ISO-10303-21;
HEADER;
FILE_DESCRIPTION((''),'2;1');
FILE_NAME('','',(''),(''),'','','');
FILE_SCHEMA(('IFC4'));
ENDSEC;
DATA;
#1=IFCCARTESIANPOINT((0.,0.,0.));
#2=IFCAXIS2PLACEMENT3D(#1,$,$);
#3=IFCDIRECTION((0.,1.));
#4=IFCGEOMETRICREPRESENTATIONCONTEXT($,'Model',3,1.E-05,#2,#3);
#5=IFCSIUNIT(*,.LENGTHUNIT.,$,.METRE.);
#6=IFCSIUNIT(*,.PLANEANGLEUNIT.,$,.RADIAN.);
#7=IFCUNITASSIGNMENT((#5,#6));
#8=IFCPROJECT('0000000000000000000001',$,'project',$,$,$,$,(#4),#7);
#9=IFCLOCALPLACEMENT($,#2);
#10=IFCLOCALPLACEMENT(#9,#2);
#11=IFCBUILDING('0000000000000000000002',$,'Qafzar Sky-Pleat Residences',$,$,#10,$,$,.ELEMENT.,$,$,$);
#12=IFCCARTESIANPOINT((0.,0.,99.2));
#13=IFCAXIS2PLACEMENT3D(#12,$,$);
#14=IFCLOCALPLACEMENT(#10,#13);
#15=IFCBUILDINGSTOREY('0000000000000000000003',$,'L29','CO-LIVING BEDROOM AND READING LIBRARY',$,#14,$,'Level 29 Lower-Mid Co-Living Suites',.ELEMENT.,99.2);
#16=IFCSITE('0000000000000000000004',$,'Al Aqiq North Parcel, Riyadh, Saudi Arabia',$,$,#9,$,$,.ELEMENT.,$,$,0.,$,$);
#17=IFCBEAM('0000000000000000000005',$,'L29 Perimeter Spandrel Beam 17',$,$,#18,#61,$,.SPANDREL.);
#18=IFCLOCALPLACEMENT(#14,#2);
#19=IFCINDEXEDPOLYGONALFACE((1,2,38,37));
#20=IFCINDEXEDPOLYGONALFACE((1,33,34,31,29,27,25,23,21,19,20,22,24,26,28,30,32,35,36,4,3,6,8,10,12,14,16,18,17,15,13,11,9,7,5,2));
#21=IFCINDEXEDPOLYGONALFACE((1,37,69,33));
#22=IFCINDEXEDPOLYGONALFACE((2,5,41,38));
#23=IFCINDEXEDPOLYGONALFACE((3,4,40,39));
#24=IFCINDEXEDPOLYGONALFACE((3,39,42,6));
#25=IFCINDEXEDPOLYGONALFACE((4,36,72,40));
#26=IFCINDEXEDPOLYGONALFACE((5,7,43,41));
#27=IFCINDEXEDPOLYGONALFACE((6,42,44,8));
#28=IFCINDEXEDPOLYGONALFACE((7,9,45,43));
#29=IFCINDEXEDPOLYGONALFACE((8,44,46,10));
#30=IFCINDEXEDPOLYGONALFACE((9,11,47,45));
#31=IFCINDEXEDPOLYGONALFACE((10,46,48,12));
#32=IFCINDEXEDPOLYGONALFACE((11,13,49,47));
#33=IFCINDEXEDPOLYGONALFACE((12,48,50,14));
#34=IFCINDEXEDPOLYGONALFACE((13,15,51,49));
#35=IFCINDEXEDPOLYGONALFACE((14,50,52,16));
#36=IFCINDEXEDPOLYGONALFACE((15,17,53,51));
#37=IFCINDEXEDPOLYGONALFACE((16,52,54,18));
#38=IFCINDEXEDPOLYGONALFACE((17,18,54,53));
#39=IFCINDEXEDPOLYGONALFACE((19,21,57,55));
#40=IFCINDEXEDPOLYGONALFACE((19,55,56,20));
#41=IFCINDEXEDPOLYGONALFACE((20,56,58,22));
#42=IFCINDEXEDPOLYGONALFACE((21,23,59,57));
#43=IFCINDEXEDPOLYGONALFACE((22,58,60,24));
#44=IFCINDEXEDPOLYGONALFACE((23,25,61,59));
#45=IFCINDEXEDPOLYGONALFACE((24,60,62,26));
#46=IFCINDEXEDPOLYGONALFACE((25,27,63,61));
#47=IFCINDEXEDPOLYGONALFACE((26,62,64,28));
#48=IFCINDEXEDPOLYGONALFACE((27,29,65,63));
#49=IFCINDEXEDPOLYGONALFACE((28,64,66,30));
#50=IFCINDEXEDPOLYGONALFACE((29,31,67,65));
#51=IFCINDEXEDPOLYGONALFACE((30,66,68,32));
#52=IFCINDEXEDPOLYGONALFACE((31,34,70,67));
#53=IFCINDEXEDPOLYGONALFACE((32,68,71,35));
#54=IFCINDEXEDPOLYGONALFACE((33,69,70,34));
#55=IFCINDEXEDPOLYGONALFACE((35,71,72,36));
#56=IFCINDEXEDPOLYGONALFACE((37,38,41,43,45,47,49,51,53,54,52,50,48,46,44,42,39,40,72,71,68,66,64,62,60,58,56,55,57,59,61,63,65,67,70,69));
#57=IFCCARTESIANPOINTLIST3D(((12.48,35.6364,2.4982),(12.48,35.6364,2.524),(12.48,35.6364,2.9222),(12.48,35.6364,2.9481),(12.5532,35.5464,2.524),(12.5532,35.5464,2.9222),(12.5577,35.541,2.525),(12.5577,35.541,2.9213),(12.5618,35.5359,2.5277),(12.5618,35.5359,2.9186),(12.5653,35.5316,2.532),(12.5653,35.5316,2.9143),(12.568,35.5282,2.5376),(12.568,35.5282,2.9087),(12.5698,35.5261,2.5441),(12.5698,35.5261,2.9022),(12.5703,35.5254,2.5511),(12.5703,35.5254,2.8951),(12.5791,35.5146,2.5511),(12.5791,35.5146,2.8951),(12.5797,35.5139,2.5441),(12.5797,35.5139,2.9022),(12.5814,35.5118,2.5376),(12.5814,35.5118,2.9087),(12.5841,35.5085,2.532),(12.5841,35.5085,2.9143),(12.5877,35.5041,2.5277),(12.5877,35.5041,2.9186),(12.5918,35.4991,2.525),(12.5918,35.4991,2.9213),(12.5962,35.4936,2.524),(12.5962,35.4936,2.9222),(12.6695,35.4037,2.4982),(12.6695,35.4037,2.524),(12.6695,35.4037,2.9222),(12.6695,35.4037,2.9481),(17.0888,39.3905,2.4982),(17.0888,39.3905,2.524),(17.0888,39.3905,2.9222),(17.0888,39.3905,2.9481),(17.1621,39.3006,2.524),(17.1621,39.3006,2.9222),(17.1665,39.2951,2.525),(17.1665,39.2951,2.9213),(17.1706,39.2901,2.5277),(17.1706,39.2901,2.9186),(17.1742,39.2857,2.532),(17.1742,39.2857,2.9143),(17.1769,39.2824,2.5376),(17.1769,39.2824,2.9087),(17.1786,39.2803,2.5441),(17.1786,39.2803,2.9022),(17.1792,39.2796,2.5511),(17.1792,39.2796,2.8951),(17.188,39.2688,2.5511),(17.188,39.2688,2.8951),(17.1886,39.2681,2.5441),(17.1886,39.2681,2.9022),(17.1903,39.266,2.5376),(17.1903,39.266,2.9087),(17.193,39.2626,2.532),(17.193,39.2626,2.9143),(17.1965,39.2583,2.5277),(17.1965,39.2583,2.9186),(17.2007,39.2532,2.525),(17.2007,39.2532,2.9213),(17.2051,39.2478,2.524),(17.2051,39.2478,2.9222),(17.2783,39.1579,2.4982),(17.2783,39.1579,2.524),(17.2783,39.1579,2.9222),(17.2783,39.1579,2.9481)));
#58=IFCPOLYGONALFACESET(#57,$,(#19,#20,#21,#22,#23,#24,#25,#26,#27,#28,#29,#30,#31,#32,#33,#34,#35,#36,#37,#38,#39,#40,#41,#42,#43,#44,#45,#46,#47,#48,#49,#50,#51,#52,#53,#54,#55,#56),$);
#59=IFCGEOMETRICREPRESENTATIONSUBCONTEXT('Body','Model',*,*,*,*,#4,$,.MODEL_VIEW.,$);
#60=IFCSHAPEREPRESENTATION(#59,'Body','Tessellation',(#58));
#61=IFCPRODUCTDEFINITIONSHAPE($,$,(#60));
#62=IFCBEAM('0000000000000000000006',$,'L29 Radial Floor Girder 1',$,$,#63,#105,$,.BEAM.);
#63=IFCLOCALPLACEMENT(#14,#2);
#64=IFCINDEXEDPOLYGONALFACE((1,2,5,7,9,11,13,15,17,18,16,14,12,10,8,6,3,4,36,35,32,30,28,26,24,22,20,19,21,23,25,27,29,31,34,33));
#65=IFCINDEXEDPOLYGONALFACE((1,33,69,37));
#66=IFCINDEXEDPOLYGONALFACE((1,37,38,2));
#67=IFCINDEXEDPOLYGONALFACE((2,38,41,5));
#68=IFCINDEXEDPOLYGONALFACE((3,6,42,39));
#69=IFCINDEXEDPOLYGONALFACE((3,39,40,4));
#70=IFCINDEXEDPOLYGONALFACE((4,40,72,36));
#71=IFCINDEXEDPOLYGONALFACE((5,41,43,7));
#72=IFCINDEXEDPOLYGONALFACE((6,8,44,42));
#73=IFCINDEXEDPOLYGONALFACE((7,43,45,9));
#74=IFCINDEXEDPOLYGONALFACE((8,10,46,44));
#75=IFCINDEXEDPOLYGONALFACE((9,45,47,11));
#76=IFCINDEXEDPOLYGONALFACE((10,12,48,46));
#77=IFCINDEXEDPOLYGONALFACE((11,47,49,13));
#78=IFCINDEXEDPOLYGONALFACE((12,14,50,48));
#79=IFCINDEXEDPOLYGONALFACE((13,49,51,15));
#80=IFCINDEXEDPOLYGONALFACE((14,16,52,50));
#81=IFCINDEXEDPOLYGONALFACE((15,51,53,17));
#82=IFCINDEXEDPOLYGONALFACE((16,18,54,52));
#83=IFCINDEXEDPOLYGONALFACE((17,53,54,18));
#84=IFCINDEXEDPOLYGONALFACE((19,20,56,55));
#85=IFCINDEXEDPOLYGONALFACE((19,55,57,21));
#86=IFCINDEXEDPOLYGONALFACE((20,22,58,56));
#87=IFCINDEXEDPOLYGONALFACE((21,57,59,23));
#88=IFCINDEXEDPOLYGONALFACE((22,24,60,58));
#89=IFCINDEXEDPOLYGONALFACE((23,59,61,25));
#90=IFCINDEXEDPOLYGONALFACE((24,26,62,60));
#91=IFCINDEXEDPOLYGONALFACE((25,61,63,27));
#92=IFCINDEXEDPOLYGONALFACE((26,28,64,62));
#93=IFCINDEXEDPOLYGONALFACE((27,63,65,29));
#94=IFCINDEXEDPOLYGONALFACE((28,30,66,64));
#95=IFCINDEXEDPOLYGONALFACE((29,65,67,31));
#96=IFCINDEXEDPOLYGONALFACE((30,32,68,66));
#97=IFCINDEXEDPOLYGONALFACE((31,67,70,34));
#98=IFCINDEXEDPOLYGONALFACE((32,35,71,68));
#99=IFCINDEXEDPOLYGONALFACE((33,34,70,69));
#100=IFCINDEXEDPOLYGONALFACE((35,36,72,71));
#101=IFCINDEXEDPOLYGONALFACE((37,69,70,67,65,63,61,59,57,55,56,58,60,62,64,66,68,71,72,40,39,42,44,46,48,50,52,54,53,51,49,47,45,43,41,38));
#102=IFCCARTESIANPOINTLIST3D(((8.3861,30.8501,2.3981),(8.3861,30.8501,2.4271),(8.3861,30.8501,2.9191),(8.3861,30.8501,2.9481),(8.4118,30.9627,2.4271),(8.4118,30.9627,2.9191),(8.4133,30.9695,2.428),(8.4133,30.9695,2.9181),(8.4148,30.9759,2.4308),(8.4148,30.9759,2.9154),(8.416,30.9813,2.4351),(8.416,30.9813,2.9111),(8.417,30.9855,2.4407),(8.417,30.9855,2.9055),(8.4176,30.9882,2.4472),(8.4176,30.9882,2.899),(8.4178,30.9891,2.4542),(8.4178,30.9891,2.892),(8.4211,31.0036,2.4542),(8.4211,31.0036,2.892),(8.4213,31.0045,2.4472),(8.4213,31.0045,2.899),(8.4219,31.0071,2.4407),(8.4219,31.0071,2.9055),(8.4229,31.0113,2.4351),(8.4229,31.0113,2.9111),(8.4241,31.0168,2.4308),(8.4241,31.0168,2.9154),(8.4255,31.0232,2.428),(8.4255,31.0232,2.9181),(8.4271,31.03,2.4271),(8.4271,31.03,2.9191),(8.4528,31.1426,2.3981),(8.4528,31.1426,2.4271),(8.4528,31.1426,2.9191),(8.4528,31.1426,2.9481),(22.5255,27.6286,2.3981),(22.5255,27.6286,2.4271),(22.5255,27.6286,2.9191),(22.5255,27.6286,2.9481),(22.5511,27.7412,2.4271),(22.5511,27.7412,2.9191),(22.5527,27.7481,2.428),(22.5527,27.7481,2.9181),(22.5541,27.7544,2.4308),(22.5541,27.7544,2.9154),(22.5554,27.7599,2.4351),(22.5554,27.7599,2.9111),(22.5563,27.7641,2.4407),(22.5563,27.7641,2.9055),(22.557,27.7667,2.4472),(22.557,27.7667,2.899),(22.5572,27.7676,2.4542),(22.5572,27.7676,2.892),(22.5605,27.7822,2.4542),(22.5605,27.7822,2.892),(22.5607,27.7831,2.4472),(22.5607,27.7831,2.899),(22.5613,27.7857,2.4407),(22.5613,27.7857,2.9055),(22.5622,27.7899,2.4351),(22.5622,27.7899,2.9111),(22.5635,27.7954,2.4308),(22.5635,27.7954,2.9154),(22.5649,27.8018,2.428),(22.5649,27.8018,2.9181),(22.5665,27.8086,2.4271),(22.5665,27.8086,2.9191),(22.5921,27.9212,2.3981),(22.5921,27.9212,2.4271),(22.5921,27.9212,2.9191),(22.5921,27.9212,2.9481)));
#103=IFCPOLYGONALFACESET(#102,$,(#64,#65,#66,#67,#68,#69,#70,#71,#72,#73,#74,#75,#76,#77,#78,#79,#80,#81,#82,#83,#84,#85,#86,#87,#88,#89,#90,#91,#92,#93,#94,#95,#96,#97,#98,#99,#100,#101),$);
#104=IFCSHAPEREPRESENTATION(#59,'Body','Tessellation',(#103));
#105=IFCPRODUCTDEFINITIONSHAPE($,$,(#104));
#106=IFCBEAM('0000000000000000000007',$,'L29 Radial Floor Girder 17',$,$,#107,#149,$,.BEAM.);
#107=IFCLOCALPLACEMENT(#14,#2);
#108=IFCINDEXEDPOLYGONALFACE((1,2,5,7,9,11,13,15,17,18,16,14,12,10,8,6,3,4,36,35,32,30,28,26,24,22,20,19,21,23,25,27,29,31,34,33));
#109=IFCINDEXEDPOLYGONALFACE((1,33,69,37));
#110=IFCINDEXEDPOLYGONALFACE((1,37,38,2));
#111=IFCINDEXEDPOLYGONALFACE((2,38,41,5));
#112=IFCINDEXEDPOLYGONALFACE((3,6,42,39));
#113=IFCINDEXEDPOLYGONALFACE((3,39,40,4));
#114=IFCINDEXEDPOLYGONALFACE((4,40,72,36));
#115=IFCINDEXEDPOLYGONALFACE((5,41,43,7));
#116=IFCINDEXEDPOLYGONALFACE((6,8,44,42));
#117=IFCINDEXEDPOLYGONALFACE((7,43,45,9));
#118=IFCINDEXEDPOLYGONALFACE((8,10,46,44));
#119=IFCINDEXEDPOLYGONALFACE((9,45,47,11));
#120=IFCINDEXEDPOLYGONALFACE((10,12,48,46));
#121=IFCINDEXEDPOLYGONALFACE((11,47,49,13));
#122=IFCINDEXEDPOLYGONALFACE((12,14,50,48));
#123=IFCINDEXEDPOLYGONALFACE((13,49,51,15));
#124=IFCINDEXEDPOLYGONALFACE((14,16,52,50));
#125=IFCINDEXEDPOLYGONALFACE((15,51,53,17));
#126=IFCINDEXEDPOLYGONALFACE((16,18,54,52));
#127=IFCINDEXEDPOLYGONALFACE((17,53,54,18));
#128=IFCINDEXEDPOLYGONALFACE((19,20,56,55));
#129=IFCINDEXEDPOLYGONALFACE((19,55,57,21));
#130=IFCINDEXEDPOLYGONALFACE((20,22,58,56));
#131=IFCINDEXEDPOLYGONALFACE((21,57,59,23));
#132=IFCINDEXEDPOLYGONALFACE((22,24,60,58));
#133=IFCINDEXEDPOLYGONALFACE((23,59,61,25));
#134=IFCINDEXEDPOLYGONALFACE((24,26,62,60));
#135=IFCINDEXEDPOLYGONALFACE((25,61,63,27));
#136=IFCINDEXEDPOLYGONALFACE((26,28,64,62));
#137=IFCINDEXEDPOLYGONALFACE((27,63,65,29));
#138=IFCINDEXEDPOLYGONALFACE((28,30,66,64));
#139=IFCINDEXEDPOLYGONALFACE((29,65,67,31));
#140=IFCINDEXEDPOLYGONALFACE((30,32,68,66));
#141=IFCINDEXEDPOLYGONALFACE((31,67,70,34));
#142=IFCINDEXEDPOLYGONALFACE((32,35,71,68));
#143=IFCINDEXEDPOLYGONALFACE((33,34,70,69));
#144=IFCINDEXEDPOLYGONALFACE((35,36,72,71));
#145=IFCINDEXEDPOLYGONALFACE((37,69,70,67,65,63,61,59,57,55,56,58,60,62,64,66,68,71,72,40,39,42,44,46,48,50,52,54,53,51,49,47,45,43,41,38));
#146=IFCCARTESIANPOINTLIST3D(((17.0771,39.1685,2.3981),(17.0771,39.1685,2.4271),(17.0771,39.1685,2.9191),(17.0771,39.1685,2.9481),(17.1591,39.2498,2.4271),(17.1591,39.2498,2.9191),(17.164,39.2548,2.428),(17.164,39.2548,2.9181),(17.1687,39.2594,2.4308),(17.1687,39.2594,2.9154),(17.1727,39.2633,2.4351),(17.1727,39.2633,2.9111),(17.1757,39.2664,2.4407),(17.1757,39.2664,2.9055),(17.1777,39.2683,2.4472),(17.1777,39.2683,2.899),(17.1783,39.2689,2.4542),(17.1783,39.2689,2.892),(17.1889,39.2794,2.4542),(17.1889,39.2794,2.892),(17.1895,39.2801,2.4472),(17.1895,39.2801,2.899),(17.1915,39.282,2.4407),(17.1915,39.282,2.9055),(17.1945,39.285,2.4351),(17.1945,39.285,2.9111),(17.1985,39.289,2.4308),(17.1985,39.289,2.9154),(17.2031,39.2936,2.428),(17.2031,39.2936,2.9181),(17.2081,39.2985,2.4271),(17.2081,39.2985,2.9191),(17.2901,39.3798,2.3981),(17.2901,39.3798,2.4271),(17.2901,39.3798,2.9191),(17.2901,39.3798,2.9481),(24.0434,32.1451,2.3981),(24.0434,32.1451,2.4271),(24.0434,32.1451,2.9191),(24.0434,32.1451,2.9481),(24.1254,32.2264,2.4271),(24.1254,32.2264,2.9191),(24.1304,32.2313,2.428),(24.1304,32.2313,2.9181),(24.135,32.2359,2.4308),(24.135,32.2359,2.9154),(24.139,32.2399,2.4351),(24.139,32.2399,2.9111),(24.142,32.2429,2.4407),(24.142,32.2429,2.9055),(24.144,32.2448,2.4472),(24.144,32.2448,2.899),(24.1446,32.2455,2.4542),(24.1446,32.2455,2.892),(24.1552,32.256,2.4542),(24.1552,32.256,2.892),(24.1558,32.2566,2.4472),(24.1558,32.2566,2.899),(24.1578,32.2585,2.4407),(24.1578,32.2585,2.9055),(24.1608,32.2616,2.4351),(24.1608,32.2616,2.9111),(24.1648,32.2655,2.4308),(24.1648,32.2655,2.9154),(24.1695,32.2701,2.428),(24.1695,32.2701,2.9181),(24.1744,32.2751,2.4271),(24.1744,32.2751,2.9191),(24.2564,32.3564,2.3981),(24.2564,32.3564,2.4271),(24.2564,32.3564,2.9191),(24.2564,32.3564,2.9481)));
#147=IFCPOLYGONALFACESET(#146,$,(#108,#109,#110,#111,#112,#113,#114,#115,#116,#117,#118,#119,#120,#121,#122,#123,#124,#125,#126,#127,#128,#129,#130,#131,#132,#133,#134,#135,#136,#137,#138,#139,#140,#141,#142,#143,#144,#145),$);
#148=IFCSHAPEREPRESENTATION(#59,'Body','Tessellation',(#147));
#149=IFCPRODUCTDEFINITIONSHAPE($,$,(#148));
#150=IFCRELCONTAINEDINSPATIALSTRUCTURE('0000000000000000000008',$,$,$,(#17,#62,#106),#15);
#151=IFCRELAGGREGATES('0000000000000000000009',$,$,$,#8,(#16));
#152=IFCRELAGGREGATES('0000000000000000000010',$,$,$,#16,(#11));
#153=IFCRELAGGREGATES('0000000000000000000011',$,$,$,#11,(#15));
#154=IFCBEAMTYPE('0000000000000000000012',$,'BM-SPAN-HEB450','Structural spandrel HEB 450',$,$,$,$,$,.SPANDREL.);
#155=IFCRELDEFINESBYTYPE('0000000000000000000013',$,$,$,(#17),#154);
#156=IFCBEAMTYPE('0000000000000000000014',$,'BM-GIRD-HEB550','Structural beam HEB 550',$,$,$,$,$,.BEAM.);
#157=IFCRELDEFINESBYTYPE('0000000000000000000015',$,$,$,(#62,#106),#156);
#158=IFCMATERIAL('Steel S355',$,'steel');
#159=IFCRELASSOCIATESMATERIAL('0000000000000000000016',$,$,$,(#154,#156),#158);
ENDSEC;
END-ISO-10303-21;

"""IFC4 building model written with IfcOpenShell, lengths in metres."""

from ifc_helpers import new_model, si_unit, direction, frame, origin, origin_2d, place, context, subcontext, project, spatial, i_section, extrude, source, transform, mapped, material, material_profile, profile_set, type_object, element, save


model = new_model("IFC4")

# Units and contexts
model_context = context("Model", 3, precision=1e-05, world=origin(), true_north=direction((0.0, 1.0)))
body_context = subcontext(model_context, "Body", "Model", "MODEL_VIEW")
ifc_project = project(units=[si_unit("LENGTHUNIT", "METRE"), si_unit("PLANEANGLEUNIT", "RADIAN")], contexts=[model_context])

# Site, building, storey
site_placement = place(None, origin())
site = spatial("IfcSite", under=ifc_project, at=site_placement, Name="Al Aqiq North Parcel, Riyadh, Saudi Arabia", CompositionType="ELEMENT", RefElevation=0.0)
building_placement = place(site_placement, origin())
building = spatial("IfcBuilding", under=site, at=building_placement, Name="Qafzar Sky-Pleat Residences", CompositionType="ELEMENT")
storey_placement = place(building_placement, frame((0.0, 0.0, 99.2)))
storey = spatial("IfcBuildingStorey", under=building, at=storey_placement, Name="L29", Description="CO-LIVING BEDROOM AND READING LIBRARY", LongName="Level 29 Lower-Mid Co-Living Suites", CompositionType="ELEMENT", Elevation=99.2)

# Beams
ifc_material_1 = material(Name="Steel S355", Category="steel")
ifc_material_profile_1 = material_profile(ifc_material_1, i_section(OverallWidth=0.3, OverallDepth=0.45, WebThickness=0.0139, FlangeThickness=0.0259, FilletRadius=0.0271, at=origin_2d()), Name="HEB 450")
ifc_profile_set_1 = profile_set([ifc_material_profile_1], Name="Steel S355")
beam_type_1 = type_object("IfcBeamType", Name="BM-SPAN-HEB450", Description="Structural spandrel HEB 450", PredefinedType="SPANDREL", material=ifc_profile_set_1)
shared_shape_1 = source(origin(), body_context, "Body", "SweptSolid", [
    extrude(i_section(OverallWidth=0.3, OverallDepth=0.45, WebThickness=0.0139, FlangeThickness=0.0259, FilletRadius=0.0271, at=origin_2d()), origin(), (0.0, 0.0, 1.0), 5.9443),
])
beam_1_placement = place(storey_placement, frame((17.1836, 39.2742, 2.7231), z_axis=(-0.775337, -0.631548, 0.0), x_axis=(0.631548, -0.775337, 0.0)))
element("IfcBeam", 1, at=beam_1_placement, inside=storey, type_object=beam_type_1, Name="L29 Perimeter Spandrel Beam 17", PredefinedType="SPANDREL", context=body_context, shape_type="MappedRepresentation", body=[
    mapped(shared_shape_1, transform((0.0, 0.0, 0.0), x_axis=(1.0, 0.0, 0.0), y_axis=(0.0, 1.0, 0.0), z_axis=(0.0, 0.0, 1.0), scale=1.0)),
])
ifc_material_profile_2 = material_profile(ifc_material_1, i_section(OverallWidth=0.3, OverallDepth=0.55, WebThickness=0.0149, FlangeThickness=0.0291, FilletRadius=0.0271, at=origin_2d()), Name="HEB 550")
ifc_profile_set_2 = profile_set([ifc_material_profile_2], Name="Steel S355")
beam_type_2 = type_object("IfcBeamType", Name="BM-GIRD-HEB550", Description="Structural beam HEB 550", PredefinedType="BEAM", material=ifc_profile_set_2)
shared_shape_2 = source(origin(), body_context, "Body", "SweptSolid", [
    extrude(i_section(OverallWidth=0.3, OverallDepth=0.55, WebThickness=0.0149, FlangeThickness=0.0291, FilletRadius=0.0271, at=origin_2d()), origin(), (0.0, 0.0, 1.0), 14.5017),
])
beam_2_placement = place(storey_placement, frame((8.4194, 30.9963, 2.6731), z_axis=(0.975014, -0.222141, 0.0), x_axis=(0.222141, 0.975014, 0.0)))
element("IfcBeam", 2, at=beam_2_placement, inside=storey, type_object=beam_type_2, Name="L29 Radial Floor Girder 1", PredefinedType="BEAM", context=body_context, shape_type="MappedRepresentation", body=[
    mapped(shared_shape_2, transform((0.0, 0.0, 0.0), x_axis=(1.0, 0.0, 0.0), y_axis=(0.0, 1.0, 0.0), z_axis=(0.0, 0.0, 1.0), scale=1.0)),
])
shared_shape_3 = source(origin(), body_context, "Body", "SweptSolid", [
    extrude(i_section(OverallWidth=0.3, OverallDepth=0.55, WebThickness=0.0149, FlangeThickness=0.0291, FilletRadius=0.0271, at=origin_2d()), origin(), (0.0, 0.0, 1.0), 9.8923),
])
beam_3_placement = place(storey_placement, frame((17.1836, 39.2742, 2.6731), z_axis=(0.704213, -0.709988, 0.0), x_axis=(0.709988, 0.704213, 0.0)))
element("IfcBeam", 3, at=beam_3_placement, inside=storey, type_object=beam_type_2, Name="L29 Radial Floor Girder 17", PredefinedType="BEAM", context=body_context, shape_type="MappedRepresentation", body=[
    mapped(shared_shape_3, transform((0.0, 0.0, 0.0), x_axis=(1.0, 0.0, 0.0), y_axis=(0.0, 1.0, 0.0), z_axis=(0.0, 0.0, 1.0), scale=1.0)),
])

save(model, "model.ifc")
